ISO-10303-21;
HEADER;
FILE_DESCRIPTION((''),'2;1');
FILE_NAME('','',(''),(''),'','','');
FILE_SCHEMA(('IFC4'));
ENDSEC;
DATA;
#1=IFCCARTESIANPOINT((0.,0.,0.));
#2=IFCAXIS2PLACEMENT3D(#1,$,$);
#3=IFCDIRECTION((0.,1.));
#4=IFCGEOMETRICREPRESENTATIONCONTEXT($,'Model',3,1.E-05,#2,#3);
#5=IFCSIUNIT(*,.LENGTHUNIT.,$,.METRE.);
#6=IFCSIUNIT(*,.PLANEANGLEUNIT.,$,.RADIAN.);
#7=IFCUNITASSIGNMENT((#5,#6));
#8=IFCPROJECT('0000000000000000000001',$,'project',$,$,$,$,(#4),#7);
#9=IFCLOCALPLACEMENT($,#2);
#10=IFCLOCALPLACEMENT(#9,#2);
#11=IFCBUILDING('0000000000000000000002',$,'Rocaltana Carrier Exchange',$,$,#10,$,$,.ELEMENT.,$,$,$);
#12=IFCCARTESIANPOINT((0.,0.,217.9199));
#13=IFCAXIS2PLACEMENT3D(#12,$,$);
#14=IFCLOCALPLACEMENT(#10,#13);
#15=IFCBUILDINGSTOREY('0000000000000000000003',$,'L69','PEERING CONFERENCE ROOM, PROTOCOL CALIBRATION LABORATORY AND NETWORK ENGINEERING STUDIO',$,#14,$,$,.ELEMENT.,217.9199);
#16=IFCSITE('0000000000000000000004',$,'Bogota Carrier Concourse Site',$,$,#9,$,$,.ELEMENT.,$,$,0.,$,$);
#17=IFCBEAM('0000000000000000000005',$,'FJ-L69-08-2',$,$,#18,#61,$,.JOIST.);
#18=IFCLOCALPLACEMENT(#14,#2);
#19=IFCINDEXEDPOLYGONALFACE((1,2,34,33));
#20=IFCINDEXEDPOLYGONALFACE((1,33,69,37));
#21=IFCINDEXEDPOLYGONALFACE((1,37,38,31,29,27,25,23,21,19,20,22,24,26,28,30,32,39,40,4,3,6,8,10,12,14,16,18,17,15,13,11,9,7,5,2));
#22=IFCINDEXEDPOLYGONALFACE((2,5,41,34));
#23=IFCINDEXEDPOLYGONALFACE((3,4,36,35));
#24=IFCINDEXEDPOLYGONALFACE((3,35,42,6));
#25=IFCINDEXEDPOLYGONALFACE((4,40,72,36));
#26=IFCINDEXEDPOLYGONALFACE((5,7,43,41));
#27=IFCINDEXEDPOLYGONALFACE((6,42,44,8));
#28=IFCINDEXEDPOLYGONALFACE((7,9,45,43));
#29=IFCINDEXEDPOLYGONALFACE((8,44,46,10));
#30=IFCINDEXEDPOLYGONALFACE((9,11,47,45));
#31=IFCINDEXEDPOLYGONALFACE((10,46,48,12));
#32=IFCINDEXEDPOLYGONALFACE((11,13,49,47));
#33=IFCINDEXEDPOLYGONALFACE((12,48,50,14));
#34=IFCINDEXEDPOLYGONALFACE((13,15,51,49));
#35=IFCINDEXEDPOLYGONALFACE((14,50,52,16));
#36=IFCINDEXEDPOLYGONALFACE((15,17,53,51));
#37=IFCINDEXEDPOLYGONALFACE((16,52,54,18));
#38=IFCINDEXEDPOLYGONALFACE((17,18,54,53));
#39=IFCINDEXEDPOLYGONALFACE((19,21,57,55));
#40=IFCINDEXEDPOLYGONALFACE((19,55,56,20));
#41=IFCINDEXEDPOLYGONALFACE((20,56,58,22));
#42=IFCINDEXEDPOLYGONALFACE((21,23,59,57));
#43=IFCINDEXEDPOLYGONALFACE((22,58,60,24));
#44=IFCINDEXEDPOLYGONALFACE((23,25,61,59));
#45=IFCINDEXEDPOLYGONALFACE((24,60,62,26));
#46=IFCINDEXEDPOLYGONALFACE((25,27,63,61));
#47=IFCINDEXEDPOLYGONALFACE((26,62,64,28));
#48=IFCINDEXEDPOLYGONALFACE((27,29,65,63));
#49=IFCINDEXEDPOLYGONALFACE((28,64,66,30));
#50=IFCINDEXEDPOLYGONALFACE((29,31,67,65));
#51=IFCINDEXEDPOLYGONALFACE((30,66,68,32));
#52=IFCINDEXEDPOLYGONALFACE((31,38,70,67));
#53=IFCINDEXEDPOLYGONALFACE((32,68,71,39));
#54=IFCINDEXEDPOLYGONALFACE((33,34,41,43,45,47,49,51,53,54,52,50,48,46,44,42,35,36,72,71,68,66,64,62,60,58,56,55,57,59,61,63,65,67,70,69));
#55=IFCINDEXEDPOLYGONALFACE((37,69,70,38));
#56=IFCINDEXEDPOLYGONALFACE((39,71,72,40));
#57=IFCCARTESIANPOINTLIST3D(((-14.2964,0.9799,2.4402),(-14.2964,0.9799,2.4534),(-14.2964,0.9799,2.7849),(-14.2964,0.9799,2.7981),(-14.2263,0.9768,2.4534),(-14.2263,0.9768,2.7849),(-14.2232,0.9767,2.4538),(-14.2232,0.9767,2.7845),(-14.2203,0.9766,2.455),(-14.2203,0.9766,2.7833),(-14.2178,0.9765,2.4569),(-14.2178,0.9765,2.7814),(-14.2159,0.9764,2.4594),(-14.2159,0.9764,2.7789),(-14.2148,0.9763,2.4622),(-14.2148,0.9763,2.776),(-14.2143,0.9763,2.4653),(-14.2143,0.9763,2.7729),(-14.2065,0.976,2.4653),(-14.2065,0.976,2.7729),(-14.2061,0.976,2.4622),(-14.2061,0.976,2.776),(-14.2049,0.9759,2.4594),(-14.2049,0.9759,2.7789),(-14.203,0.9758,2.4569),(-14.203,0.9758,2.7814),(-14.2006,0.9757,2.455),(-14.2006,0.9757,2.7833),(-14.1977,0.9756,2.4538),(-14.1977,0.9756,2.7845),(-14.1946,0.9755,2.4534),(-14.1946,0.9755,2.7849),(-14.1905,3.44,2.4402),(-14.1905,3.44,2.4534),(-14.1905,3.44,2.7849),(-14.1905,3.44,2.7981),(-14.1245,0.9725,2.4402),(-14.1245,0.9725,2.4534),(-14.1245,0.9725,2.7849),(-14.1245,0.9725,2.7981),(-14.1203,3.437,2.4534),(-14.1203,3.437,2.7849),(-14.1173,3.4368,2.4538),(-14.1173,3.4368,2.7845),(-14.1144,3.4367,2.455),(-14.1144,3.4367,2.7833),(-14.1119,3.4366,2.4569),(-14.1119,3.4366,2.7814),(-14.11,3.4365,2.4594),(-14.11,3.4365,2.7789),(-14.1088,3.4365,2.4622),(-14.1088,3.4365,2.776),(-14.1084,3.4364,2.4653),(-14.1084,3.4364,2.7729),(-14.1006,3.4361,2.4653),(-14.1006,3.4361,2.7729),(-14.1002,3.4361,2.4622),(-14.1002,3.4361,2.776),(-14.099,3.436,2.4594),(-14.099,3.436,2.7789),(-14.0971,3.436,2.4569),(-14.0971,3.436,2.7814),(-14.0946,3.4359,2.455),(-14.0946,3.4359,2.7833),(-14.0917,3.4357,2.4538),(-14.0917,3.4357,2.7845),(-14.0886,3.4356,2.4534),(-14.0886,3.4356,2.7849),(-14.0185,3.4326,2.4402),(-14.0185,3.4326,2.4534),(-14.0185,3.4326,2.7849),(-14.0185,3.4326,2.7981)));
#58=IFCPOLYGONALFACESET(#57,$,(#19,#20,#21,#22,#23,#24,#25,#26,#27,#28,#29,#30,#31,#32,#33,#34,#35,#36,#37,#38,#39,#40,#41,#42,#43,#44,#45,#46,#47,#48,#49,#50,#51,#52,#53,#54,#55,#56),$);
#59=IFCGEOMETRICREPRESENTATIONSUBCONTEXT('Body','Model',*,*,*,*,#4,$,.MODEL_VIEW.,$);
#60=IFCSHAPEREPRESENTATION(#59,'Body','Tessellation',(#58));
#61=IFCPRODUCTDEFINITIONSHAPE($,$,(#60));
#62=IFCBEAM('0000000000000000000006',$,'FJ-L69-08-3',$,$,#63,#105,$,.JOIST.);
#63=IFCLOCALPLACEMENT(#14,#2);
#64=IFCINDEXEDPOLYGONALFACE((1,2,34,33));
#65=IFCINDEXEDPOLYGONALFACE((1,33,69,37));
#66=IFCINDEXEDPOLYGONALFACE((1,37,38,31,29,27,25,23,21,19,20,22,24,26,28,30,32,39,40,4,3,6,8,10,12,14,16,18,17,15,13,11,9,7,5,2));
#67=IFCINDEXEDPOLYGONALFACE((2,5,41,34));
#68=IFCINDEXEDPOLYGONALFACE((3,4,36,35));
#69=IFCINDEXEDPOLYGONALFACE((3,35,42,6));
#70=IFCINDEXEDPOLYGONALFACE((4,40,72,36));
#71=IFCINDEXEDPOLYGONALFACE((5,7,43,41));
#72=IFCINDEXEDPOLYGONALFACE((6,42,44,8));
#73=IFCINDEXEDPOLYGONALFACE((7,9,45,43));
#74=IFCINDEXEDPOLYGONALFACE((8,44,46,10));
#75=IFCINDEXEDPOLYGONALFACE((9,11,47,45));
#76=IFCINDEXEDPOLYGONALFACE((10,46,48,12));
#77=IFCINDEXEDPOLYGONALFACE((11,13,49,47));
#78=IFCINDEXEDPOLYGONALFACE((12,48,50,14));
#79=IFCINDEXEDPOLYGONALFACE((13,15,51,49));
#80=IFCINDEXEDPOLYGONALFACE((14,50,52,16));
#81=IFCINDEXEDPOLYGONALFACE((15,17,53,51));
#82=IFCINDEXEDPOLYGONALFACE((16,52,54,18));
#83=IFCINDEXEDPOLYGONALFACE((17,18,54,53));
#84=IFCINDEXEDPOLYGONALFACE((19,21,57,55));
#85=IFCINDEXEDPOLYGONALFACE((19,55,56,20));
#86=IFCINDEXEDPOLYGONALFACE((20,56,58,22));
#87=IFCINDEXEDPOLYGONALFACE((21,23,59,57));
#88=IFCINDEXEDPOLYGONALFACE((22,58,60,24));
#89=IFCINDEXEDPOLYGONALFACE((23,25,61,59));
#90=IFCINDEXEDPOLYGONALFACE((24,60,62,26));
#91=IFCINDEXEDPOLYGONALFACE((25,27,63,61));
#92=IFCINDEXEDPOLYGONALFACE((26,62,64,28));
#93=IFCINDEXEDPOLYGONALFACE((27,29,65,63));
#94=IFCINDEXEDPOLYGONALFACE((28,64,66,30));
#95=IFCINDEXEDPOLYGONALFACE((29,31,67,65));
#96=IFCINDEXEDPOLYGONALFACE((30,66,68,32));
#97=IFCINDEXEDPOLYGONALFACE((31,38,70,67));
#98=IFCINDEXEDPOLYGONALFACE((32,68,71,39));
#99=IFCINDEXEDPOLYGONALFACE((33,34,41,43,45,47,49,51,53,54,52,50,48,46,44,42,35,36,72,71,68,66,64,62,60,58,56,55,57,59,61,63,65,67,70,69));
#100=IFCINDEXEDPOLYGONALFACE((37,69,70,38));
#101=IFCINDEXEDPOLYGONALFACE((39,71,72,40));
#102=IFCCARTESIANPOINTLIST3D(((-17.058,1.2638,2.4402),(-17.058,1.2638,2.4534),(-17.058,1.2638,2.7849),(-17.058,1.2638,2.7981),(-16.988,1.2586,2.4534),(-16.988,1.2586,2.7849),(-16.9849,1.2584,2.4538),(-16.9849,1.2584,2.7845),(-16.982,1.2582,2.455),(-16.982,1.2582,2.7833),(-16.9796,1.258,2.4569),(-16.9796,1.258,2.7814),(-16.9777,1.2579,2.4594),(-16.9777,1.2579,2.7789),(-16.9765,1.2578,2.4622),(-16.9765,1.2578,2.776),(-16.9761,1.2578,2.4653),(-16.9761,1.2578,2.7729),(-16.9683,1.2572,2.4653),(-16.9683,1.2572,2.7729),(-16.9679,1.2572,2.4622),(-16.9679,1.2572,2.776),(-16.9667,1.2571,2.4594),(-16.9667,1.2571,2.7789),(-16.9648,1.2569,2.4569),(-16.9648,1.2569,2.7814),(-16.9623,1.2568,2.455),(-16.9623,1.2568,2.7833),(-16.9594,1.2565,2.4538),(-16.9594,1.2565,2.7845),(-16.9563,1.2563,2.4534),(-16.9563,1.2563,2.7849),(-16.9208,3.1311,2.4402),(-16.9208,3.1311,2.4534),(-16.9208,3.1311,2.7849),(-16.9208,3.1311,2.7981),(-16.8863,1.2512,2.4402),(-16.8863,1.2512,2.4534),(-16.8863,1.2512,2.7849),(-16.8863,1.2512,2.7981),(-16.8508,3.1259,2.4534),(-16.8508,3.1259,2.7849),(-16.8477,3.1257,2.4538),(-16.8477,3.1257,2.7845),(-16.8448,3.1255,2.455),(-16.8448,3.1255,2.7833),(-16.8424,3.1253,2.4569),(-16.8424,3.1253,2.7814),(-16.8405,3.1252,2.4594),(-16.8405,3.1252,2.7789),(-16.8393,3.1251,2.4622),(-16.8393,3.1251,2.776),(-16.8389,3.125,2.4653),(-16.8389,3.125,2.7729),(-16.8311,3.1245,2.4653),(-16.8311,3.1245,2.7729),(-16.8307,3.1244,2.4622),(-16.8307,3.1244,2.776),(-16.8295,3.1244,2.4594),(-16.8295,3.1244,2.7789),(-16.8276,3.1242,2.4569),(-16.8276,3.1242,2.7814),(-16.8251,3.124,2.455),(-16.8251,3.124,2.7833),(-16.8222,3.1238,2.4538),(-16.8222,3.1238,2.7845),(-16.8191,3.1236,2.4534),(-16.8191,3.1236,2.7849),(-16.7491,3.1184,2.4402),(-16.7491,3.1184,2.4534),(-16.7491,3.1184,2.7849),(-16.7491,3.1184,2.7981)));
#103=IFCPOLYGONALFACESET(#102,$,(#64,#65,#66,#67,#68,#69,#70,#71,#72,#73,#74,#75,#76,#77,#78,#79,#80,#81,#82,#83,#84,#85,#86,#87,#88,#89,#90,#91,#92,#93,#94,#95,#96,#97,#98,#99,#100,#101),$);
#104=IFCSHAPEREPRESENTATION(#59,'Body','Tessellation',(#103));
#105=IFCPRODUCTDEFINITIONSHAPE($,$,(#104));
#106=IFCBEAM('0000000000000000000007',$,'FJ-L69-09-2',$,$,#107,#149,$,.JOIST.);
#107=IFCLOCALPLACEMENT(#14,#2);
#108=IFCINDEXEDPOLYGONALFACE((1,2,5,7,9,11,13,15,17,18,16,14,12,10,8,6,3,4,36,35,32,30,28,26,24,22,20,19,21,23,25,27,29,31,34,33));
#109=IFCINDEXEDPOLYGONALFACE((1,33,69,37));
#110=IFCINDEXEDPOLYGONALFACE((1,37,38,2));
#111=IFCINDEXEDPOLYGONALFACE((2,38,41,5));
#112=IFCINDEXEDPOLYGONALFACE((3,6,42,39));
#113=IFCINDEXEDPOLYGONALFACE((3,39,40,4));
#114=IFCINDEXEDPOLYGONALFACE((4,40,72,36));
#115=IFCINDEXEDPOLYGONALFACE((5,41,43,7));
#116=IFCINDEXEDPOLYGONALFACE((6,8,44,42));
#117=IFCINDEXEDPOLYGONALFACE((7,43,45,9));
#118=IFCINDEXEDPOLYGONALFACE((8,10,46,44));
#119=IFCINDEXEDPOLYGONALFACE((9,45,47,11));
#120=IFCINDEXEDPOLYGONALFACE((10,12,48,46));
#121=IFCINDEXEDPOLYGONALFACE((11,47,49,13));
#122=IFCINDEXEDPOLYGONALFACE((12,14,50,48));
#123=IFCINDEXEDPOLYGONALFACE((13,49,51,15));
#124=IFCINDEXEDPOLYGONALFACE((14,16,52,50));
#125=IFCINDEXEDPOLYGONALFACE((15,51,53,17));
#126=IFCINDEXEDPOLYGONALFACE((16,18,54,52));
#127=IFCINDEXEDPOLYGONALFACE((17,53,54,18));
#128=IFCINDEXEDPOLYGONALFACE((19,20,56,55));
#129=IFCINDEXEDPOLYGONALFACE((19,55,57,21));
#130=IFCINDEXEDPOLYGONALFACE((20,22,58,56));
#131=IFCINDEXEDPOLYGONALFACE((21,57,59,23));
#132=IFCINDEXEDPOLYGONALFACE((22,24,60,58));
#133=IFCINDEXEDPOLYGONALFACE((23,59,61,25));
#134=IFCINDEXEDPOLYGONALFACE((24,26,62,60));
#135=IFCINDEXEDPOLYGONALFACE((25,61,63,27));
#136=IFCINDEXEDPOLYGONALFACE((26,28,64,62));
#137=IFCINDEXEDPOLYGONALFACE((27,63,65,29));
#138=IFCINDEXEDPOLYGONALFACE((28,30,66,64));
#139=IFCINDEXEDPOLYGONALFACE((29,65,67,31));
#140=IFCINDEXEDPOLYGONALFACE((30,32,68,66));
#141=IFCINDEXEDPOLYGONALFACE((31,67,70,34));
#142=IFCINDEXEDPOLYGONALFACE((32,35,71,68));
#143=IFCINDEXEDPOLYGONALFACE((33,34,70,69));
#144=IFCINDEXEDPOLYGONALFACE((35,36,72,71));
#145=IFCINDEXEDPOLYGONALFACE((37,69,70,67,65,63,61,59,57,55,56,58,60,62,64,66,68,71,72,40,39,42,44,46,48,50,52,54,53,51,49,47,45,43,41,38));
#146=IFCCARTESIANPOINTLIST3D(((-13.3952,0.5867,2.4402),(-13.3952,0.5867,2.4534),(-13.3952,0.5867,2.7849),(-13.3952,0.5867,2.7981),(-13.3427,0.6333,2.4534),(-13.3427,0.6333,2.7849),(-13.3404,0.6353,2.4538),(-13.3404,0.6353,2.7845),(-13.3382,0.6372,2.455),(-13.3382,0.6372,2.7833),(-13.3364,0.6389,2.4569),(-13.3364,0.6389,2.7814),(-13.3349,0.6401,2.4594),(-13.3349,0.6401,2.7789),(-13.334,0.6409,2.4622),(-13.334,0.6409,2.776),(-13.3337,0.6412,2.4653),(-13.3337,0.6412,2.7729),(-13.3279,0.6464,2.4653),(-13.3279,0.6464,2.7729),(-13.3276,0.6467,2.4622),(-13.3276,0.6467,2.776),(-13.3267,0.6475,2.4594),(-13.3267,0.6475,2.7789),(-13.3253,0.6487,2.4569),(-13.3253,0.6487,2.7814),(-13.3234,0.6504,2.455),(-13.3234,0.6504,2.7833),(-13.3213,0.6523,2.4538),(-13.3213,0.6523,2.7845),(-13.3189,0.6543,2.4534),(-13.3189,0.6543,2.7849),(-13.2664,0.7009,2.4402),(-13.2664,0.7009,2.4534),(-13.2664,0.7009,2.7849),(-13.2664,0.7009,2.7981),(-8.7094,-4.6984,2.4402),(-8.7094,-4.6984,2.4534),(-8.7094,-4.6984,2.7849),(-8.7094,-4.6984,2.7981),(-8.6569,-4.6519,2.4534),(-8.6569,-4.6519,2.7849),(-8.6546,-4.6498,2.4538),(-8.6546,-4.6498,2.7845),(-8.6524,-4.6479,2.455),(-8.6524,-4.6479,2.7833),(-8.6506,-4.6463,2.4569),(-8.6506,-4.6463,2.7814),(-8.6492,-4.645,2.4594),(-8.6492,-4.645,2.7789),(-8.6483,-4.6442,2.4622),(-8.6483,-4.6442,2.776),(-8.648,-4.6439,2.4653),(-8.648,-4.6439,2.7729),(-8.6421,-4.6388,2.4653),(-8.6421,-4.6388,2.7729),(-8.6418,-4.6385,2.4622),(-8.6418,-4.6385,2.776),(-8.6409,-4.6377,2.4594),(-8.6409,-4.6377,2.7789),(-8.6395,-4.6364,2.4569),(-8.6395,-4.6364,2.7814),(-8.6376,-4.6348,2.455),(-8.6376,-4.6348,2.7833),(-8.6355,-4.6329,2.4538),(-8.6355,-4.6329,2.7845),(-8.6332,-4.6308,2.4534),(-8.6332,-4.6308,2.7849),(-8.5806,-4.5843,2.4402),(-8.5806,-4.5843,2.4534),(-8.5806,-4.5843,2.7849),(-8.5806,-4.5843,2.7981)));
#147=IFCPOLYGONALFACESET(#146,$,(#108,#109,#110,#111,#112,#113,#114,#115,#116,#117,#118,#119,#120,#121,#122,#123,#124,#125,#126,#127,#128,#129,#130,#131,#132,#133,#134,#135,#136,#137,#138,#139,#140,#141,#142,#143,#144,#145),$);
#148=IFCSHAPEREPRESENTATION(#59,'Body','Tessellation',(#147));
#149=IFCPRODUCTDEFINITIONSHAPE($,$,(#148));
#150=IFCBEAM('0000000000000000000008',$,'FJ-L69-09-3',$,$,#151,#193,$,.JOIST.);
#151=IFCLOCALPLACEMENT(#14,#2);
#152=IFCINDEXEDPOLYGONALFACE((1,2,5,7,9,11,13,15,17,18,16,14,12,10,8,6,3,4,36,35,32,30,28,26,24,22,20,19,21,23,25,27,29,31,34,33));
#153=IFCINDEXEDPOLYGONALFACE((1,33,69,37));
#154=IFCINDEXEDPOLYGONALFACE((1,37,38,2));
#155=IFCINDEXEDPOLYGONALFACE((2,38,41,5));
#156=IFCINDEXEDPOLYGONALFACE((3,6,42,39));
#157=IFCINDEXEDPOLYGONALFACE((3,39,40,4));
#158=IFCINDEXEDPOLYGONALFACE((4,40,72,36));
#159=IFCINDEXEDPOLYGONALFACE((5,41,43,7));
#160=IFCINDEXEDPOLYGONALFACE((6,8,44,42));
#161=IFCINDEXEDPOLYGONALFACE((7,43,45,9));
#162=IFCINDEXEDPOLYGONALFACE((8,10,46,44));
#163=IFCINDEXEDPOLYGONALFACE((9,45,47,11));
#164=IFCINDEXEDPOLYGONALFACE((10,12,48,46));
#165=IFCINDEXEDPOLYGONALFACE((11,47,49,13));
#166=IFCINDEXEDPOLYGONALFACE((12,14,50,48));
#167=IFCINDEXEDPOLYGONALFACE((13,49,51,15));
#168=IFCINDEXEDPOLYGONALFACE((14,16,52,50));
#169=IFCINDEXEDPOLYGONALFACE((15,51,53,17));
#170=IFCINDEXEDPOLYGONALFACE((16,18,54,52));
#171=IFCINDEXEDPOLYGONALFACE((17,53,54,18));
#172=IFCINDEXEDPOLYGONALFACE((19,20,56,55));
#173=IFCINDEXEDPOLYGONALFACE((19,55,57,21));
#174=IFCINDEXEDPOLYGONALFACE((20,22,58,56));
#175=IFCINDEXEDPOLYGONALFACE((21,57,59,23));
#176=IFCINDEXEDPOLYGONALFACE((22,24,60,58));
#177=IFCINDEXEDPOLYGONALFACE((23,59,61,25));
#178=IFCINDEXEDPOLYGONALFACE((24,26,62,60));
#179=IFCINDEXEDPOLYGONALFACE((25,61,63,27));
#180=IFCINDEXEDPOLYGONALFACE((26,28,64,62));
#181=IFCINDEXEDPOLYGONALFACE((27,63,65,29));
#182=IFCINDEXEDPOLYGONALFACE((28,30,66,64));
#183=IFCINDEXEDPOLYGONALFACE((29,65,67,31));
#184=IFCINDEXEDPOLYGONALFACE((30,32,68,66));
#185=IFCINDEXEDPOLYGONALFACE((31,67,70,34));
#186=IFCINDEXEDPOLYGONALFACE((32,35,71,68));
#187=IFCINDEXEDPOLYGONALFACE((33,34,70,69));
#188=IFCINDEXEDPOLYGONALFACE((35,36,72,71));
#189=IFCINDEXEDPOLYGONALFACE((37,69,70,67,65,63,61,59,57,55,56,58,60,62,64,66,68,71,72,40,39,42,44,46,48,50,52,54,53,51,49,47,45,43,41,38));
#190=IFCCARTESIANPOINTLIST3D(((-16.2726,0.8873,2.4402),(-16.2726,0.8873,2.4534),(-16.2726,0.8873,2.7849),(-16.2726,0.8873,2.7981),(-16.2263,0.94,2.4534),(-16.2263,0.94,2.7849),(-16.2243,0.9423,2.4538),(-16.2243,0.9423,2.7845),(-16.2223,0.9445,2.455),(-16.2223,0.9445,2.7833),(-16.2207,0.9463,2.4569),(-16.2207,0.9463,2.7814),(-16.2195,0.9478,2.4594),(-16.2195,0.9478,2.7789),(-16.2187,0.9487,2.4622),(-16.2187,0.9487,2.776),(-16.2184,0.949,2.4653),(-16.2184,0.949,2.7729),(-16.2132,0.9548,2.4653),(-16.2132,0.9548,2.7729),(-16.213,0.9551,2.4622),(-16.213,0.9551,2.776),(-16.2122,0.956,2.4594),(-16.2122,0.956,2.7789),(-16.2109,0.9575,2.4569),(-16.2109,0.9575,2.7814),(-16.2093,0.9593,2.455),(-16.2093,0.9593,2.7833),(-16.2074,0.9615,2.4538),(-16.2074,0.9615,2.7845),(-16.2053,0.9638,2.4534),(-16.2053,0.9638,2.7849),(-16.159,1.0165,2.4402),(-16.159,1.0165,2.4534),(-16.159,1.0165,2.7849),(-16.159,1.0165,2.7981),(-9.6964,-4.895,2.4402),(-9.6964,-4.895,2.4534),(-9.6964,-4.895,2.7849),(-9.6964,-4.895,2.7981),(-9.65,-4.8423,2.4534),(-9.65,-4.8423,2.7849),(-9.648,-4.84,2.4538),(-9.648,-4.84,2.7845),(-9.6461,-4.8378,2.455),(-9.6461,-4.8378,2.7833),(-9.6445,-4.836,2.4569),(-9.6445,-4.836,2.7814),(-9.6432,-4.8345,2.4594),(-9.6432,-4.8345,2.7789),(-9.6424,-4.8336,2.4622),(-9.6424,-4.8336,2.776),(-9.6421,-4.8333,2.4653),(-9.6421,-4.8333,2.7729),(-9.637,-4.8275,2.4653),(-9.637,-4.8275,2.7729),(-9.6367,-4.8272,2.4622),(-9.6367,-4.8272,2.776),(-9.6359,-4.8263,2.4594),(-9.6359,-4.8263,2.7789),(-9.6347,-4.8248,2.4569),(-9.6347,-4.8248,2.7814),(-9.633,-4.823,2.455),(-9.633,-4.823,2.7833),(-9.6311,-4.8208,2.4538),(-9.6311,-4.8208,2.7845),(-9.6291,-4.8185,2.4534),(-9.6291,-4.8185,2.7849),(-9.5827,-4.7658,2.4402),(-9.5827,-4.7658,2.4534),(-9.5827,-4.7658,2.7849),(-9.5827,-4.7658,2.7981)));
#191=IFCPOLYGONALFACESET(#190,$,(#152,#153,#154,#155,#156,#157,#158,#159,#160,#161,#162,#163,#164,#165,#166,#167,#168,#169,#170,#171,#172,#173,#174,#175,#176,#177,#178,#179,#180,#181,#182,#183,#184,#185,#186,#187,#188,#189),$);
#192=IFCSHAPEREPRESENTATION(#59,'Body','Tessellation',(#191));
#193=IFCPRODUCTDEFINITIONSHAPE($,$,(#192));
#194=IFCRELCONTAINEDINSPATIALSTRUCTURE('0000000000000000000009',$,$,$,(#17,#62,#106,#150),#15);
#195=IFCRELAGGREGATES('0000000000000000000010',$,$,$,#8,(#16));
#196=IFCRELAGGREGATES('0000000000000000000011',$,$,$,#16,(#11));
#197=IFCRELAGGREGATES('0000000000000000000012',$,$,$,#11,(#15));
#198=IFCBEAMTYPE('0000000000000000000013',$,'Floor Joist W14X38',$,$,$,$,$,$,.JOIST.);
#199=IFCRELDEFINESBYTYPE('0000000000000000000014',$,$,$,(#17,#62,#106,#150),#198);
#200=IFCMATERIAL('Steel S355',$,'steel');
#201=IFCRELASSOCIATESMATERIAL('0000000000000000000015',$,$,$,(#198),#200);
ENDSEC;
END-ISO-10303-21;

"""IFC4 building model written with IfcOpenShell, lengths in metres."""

from ifc_helpers import new_model, si_unit, direction, frame, origin, origin_2d, place, context, subcontext, project, spatial, i_section, extrude, material, material_profile, profile_set, type_object, element, save


model = new_model("IFC4")

# Units and contexts
model_context = context("Model", 3, precision=1e-05, world=origin(), true_north=direction((0.0, 1.0)))
body_context = subcontext(model_context, "Body", "Model", "MODEL_VIEW")
ifc_project = project(units=[si_unit("LENGTHUNIT", "METRE"), si_unit("PLANEANGLEUNIT", "RADIAN")], contexts=[model_context])

# Site, building, storey
site_placement = place(None, origin())
site = spatial("IfcSite", under=ifc_project, at=site_placement, Name="Bogota Carrier Concourse Site", CompositionType="ELEMENT", RefElevation=0.0)
building_placement = place(site_placement, origin())
building = spatial("IfcBuilding", under=site, at=building_placement, Name="Rocaltana Carrier Exchange", CompositionType="ELEMENT")
storey_placement = place(building_placement, frame((0.0, 0.0, 217.9199)))
storey = spatial("IfcBuildingStorey", under=building, at=storey_placement, Name="L69", Description="PEERING CONFERENCE ROOM, PROTOCOL CALIBRATION LABORATORY AND NETWORK ENGINEERING STUDIO", CompositionType="ELEMENT", Elevation=217.9199)

# Beams
ifc_material_1 = material(Name="Steel S355", Category="steel")
ifc_material_profile_1 = material_profile(ifc_material_1, i_section(OverallWidth=0.1721, OverallDepth=0.3579, WebThickness=0.0078, FlangeThickness=0.0132, FilletRadius=0.012, at=origin_2d()), Name="W14X38")
ifc_profile_set_1 = profile_set([ifc_material_profile_1], Name="Steel S355")
beam_type_1 = type_object("IfcBeamType", Name="Floor Joist W14X38", PredefinedType="JOIST", material=ifc_profile_set_1)
beam_1_placement = place(storey_placement, frame((-14.1045, 3.4363, 2.6191), z_axis=(-0.043028, -0.999074, 0.0), x_axis=(0.999074, -0.043028, 0.0)))
element("IfcBeam", 1, at=beam_1_placement, inside=storey, type_object=beam_type_1, Name="FJ-L69-08-2", PredefinedType="JOIST", context=body_context, shape_type="SweptSolid", body=[
    extrude(i_section(OverallWidth=0.1721, OverallDepth=0.3579, WebThickness=0.0078, FlangeThickness=0.0132, FilletRadius=0.012, at=origin_2d()), origin(), (0.0, 0.0, 1.0), 2.4624),
])
beam_2_placement = place(storey_placement, frame((-16.835, 3.1248, 2.6191), z_axis=(-0.073286, -0.997311, 0.0), x_axis=(0.997311, -0.073286, 0.0)))
element("IfcBeam", 2, at=beam_2_placement, inside=storey, type_object=beam_type_1, Name="FJ-L69-08-3", PredefinedType="JOIST", context=body_context, shape_type="SweptSolid", body=[
    extrude(i_section(OverallWidth=0.1721, OverallDepth=0.3579, WebThickness=0.0078, FlangeThickness=0.0132, FilletRadius=0.012, at=origin_2d()), origin(), (0.0, 0.0, 1.0), 1.8723),
])
beam_3_placement = place(storey_placement, frame((-13.3308, 0.6438, 2.6191), z_axis=(0.663404, -0.748261, 0.0), x_axis=(0.748261, 0.663404, 0.0)))
element("IfcBeam", 3, at=beam_3_placement, inside=storey, type_object=beam_type_1, Name="FJ-L69-09-2", PredefinedType="JOIST", context=body_context, shape_type="SweptSolid", body=[
    extrude(i_section(OverallWidth=0.1721, OverallDepth=0.3579, WebThickness=0.0078, FlangeThickness=0.0132, FilletRadius=0.012, at=origin_2d()), origin(), (0.0, 0.0, 1.0), 7.0632),
])
beam_4_placement = place(storey_placement, frame((-16.2158, 0.9519, 2.6191), z_axis=(0.750986, -0.660319, 0.0), x_axis=(0.660319, 0.750986, 0.0)))
element("IfcBeam", 4, at=beam_4_placement, inside=storey, type_object=beam_type_1, Name="FJ-L69-09-3", PredefinedType="JOIST", context=body_context, shape_type="SweptSolid", body=[
    extrude(i_section(OverallWidth=0.1721, OverallDepth=0.3579, WebThickness=0.0078, FlangeThickness=0.0132, FilletRadius=0.012, at=origin_2d()), origin(), (0.0, 0.0, 1.0), 8.7568),
])

save(model, "model.ifc")
